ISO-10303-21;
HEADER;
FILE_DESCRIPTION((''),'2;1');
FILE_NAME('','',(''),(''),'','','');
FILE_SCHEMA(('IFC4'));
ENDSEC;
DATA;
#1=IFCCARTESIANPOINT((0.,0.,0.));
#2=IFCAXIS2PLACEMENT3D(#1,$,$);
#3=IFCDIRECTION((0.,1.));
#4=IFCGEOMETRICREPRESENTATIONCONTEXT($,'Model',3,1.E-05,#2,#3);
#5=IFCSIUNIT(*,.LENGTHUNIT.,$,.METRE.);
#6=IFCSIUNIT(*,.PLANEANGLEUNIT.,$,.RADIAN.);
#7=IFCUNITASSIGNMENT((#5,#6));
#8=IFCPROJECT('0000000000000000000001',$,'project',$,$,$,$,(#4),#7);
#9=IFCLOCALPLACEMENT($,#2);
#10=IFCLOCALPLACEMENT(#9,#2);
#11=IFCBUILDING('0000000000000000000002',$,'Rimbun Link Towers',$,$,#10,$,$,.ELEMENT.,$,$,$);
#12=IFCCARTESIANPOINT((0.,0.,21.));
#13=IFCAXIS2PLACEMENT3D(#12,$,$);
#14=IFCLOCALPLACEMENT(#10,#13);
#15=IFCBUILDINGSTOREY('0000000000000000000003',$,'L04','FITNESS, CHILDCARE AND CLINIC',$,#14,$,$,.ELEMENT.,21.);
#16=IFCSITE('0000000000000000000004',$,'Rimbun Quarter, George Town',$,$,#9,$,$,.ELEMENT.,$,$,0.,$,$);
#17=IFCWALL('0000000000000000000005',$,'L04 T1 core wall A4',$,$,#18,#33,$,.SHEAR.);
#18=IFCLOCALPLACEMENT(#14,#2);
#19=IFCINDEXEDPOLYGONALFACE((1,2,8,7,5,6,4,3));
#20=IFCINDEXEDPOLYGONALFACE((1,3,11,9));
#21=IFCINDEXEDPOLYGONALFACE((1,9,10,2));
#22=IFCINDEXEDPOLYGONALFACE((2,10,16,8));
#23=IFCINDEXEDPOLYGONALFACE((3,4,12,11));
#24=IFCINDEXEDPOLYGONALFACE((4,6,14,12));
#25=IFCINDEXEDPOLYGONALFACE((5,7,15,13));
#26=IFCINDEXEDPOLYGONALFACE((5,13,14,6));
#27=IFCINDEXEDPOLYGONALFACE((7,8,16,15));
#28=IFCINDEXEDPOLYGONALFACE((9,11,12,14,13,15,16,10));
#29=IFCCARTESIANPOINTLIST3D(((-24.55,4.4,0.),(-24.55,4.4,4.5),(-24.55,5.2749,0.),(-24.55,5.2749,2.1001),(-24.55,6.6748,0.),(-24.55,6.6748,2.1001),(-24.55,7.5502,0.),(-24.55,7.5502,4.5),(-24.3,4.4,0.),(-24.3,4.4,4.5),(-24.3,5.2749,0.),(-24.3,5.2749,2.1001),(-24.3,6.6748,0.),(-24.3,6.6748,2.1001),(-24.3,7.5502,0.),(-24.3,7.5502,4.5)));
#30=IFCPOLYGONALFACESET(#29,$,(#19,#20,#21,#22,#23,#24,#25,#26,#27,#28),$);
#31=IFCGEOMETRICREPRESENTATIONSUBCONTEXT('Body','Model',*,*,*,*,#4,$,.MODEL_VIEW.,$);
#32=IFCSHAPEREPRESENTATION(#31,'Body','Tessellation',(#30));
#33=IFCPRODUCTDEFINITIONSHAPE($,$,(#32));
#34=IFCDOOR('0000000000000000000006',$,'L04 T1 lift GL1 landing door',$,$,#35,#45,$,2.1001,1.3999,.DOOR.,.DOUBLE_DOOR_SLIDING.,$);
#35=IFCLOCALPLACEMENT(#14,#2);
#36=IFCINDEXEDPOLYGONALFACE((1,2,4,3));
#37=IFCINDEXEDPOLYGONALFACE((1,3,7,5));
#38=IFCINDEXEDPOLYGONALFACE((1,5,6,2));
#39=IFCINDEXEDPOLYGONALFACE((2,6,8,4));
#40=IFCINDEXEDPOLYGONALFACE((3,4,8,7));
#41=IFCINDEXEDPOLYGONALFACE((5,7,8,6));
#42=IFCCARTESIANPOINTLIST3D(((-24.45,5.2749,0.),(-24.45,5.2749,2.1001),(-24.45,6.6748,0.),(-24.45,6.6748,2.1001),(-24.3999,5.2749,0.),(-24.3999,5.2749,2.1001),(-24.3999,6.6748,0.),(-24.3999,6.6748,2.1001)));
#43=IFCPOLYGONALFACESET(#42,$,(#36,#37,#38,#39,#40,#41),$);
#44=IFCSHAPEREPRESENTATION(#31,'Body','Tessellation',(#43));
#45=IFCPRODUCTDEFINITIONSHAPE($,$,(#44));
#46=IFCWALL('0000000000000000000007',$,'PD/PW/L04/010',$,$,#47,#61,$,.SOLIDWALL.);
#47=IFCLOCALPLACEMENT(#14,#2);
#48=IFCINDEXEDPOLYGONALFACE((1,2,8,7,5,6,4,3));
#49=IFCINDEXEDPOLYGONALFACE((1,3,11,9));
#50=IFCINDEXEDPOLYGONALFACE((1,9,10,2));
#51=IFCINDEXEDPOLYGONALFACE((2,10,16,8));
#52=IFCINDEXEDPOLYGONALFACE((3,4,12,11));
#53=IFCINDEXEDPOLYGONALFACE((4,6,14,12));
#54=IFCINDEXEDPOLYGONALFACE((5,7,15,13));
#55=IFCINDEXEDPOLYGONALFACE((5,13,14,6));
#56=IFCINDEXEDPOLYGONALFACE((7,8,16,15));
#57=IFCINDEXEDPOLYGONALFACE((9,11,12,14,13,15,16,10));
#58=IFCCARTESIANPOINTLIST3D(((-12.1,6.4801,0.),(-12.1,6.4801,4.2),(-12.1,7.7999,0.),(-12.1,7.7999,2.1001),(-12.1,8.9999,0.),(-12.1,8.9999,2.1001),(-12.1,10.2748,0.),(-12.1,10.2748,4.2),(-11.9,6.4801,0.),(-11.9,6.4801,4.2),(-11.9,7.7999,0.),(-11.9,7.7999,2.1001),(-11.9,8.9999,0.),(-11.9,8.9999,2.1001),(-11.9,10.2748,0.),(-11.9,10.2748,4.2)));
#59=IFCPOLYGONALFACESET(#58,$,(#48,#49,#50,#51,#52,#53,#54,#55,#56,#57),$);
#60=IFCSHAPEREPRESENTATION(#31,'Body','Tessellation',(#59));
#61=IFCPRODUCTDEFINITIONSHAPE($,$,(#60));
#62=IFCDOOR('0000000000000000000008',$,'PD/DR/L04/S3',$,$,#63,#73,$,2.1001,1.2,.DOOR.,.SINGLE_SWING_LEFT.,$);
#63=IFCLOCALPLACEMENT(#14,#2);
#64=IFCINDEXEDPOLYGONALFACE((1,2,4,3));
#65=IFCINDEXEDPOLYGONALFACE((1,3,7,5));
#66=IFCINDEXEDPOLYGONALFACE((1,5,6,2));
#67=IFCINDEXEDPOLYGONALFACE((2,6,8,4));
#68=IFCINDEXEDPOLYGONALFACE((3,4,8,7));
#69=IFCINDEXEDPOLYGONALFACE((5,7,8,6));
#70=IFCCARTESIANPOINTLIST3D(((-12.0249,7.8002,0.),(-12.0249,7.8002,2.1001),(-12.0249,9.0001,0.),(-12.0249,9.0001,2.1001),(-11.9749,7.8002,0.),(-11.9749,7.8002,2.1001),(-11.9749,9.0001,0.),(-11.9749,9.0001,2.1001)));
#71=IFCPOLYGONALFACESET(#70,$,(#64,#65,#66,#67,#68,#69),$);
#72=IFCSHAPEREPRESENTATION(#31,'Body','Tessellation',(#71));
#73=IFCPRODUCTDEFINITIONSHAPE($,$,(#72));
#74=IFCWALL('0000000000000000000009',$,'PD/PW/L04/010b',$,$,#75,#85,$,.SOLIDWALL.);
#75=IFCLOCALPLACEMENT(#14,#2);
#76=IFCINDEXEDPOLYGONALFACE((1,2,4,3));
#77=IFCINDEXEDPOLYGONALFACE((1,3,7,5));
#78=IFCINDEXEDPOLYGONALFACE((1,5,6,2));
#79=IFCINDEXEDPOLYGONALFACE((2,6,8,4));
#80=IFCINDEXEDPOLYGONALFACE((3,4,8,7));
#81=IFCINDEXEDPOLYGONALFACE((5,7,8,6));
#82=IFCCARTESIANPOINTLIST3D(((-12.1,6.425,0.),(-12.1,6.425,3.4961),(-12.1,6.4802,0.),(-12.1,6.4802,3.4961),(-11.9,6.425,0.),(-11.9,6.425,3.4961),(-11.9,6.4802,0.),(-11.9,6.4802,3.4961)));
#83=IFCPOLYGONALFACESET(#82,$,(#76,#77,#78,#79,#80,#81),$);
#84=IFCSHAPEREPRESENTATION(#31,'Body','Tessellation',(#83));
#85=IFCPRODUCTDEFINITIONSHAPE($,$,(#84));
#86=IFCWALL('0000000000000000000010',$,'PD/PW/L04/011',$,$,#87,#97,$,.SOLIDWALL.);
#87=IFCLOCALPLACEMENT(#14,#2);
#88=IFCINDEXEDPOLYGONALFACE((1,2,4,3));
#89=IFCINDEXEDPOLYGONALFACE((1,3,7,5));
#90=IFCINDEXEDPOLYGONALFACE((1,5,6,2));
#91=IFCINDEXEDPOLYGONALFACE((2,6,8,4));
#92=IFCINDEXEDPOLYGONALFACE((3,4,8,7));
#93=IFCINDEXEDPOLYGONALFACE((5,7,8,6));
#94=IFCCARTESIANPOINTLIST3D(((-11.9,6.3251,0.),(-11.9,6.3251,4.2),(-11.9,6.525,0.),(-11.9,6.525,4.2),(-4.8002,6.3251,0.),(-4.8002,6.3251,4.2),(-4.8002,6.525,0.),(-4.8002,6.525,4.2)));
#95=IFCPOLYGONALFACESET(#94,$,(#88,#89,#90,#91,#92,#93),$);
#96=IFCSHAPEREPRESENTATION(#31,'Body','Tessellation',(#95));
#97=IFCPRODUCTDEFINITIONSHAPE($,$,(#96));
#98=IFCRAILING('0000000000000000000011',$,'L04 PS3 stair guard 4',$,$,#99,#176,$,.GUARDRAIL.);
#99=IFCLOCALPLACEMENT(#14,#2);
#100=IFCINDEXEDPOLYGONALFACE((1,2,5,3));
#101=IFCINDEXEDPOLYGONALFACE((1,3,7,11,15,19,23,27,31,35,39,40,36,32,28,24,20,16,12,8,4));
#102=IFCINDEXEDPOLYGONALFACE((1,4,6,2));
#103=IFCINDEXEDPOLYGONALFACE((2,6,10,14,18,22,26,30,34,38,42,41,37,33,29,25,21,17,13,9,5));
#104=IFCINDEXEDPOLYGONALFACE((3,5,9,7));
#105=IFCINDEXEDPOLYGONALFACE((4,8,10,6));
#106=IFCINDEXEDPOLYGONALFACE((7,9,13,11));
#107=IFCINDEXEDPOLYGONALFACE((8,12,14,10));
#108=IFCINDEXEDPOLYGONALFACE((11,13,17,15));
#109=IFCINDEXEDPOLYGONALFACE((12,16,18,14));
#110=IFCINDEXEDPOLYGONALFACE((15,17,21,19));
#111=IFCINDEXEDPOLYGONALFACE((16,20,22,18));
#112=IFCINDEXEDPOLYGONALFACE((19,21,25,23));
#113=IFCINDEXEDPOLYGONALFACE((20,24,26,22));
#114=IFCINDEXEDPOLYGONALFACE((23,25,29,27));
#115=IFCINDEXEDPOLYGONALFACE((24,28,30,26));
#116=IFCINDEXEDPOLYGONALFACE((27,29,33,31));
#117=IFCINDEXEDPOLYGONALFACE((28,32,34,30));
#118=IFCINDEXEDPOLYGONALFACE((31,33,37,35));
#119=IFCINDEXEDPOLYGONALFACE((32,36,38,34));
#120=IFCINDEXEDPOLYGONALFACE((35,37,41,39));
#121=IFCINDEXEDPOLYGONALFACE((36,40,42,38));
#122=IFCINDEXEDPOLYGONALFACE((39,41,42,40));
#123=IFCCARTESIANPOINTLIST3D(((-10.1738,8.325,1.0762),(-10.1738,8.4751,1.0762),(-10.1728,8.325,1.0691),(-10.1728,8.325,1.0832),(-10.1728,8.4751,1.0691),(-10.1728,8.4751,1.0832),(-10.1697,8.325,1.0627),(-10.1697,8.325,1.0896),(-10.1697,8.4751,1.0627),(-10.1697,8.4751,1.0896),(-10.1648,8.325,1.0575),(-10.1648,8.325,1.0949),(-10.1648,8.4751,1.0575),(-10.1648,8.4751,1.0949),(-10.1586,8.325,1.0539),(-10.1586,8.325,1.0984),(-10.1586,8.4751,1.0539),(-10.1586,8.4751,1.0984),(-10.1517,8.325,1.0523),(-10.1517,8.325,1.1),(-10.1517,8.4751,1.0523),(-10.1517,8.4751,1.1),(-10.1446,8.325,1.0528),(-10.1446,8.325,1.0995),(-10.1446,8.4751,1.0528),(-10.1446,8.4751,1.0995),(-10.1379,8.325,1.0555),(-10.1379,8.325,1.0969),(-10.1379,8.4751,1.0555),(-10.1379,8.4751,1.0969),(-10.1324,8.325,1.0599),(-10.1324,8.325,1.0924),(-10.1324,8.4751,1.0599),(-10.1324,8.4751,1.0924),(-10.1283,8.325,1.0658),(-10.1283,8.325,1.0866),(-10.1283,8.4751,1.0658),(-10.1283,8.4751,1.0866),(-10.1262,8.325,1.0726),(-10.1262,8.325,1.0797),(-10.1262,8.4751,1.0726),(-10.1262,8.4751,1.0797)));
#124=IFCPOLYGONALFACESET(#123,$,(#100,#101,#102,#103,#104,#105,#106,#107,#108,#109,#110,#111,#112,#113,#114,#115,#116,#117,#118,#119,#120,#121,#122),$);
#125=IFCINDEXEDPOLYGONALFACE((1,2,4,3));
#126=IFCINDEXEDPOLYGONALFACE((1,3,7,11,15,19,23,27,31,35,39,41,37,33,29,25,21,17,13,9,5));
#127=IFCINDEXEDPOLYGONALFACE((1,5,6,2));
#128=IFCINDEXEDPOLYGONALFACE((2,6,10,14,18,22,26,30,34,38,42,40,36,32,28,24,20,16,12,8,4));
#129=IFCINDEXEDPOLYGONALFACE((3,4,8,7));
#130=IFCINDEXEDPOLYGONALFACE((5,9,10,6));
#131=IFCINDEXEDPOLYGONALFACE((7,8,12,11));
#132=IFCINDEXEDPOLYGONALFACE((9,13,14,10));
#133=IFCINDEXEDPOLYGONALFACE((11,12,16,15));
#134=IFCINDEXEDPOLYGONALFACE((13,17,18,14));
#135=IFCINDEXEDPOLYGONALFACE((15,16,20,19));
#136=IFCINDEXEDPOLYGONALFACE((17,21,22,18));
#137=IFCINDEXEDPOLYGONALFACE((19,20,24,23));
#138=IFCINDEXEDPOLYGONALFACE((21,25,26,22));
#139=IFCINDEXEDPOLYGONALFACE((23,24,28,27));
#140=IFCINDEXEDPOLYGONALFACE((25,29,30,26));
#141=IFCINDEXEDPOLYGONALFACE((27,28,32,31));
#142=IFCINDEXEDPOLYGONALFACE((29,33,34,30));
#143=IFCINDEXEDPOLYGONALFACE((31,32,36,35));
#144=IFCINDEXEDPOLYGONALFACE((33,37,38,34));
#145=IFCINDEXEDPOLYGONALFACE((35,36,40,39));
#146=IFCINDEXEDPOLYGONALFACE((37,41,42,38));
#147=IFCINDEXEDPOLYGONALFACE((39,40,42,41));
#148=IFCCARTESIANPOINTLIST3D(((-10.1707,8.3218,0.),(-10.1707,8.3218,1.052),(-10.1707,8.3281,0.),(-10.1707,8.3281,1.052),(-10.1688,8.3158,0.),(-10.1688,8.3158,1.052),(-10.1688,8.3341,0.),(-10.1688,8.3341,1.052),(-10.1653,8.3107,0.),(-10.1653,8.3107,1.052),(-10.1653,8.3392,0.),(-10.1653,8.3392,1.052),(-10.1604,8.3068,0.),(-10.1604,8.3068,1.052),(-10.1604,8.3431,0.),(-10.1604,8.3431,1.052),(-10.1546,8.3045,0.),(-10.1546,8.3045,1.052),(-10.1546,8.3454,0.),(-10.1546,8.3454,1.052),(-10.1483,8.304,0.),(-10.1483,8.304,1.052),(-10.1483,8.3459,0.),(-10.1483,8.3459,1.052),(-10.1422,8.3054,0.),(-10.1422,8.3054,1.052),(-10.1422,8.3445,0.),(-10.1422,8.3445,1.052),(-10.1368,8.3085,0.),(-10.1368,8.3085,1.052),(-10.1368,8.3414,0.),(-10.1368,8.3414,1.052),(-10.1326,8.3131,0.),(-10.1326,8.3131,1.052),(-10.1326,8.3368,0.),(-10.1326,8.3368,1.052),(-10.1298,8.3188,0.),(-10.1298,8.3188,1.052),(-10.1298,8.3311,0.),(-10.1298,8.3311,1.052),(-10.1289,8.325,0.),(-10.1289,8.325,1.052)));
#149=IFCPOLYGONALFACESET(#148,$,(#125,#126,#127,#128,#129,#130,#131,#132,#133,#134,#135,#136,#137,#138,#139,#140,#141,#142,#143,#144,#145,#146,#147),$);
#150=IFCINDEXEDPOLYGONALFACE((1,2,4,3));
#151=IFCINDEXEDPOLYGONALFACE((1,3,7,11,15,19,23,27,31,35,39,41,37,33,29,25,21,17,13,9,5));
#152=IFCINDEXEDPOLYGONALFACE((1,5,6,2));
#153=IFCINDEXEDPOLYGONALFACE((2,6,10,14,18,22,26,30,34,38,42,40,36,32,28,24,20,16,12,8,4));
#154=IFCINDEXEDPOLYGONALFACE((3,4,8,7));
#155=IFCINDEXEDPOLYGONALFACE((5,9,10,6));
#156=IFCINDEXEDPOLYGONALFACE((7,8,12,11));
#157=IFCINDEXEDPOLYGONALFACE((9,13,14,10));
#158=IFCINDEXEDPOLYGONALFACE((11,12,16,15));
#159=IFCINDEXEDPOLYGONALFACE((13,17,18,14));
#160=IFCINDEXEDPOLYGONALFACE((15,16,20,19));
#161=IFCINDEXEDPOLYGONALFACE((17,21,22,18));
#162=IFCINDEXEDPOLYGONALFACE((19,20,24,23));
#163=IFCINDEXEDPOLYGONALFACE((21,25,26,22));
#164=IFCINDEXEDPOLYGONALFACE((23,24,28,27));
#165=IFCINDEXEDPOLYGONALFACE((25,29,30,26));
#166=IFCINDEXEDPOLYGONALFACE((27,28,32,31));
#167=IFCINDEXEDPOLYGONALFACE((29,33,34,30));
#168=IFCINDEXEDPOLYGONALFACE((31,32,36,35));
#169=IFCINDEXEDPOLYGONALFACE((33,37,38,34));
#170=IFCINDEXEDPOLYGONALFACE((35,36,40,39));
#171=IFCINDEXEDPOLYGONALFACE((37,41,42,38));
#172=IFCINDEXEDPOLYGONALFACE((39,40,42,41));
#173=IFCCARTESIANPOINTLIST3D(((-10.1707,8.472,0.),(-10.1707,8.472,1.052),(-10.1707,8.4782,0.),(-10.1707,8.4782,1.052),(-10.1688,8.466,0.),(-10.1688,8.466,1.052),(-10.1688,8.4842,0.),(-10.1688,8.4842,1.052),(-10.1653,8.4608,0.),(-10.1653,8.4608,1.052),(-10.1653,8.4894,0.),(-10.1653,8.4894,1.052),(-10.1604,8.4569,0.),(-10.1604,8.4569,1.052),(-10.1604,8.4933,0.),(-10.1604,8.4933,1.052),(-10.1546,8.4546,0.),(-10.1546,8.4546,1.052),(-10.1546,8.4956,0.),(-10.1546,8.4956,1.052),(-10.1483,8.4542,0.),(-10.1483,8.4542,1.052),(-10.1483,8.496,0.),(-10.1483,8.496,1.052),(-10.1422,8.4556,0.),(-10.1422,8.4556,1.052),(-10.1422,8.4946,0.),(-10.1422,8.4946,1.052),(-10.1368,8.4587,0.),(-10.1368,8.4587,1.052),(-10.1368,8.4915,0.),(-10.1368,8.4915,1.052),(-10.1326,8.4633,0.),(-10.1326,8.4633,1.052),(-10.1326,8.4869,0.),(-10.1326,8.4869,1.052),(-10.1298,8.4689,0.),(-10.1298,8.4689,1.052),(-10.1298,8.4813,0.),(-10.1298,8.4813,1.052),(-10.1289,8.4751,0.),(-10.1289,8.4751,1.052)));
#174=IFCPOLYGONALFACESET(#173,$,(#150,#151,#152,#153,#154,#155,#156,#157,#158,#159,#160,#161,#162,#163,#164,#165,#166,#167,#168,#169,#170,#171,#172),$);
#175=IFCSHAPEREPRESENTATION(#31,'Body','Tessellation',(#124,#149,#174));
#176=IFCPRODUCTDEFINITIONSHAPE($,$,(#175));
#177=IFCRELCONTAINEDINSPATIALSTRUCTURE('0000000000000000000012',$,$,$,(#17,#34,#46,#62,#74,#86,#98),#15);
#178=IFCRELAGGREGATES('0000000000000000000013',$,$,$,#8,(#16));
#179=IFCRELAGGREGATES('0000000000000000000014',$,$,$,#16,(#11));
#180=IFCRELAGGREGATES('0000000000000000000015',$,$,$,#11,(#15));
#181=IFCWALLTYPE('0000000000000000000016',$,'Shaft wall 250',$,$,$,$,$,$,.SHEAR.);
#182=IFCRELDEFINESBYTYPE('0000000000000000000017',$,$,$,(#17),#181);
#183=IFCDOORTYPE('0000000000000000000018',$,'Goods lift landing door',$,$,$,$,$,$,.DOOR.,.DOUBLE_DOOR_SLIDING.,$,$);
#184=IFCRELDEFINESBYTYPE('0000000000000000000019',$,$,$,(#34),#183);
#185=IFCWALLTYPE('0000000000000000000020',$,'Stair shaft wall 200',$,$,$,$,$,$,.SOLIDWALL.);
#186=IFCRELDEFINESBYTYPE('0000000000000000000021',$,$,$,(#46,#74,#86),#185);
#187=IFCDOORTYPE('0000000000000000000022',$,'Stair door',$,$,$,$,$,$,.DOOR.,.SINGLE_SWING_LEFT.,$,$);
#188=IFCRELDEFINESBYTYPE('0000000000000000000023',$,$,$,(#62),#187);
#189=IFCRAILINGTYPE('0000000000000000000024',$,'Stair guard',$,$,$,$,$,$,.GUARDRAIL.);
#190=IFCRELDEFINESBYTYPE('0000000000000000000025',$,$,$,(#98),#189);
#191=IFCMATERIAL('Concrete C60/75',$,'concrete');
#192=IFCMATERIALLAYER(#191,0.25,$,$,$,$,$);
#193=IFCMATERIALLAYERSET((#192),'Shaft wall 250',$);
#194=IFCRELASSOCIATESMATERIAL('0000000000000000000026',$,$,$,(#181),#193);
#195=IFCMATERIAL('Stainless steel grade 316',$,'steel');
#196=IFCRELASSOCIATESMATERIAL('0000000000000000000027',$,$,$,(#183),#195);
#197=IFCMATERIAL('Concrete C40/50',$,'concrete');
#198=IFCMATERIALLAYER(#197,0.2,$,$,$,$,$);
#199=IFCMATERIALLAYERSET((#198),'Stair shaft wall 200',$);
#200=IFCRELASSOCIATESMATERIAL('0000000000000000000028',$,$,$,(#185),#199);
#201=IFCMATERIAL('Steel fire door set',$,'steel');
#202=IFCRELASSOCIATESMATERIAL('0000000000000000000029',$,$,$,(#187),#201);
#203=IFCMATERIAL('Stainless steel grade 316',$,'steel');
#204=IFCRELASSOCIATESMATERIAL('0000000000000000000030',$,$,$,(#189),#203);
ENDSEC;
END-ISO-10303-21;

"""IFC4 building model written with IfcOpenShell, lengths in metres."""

from ifc_helpers import new_model, si_unit, direction, frame, frame_2d, origin, origin_2d, place, context, subcontext, project, spatial, rectangle, circle, extrude, material, layer, layer_set, type_object, element, fill, save


model = new_model("IFC4")

# Units and contexts
model_context = context("Model", 3, precision=1e-05, world=origin(), true_north=direction((0.0, 1.0)))
body_context = subcontext(model_context, "Body", "Model", "MODEL_VIEW")
ifc_project = project(units=[si_unit("LENGTHUNIT", "METRE"), si_unit("PLANEANGLEUNIT", "RADIAN")], contexts=[model_context])

# Site, building, storey
site_placement = place(None, origin())
site = spatial("IfcSite", under=ifc_project, at=site_placement, Name="Rimbun Quarter, George Town", CompositionType="ELEMENT", RefElevation=0.0)
building_placement = place(site_placement, origin())
building = spatial("IfcBuilding", under=site, at=building_placement, Name="Rimbun Link Towers", CompositionType="ELEMENT")
storey_placement = place(building_placement, frame((0.0, 0.0, 21.0)))
storey = spatial("IfcBuildingStorey", under=building, at=storey_placement, Name="L04", Description="FITNESS, CHILDCARE AND CLINIC", CompositionType="ELEMENT", Elevation=21.0)

# Shared definitions
ifc_material_1 = material(Name="Concrete C60/75", Category="concrete")
ifc_layer_1 = layer(ifc_material_1, 0.25)
ifc_layer_set_1 = layer_set([ifc_layer_1], Name="Shaft wall 250")
wall_type_1 = type_object("IfcWallType", Name="Shaft wall 250", PredefinedType="SHEAR", material=ifc_layer_set_1)

# Walls, openings, doors
wall_1_placement = place(storey_placement, frame((-24.425, 4.3999, 0.0), z_axis=(0.0, 0.0, 1.0), x_axis=(0.0, 1.0, 0.0)))
wall_1 = element("IfcWall", 1, at=wall_1_placement, inside=storey, type_object=wall_type_1, Name="L04 T1 core wall A4", PredefinedType="SHEAR", context=body_context, shape_type="SweptSolid", body=[
    extrude(rectangle(XDim=3.1501, YDim=0.25, at=frame_2d((1.5752, 0.0))), origin(), (0.0, 0.0, 1.0), 4.5),
])
opening_1_placement = place(wall_1_placement, frame((0.875, 0.0, 0.0)))
opening_1 = element("IfcOpeningElement", 2, at=opening_1_placement, cuts=wall_1, PredefinedType="OPENING", context=body_context, shape_type="SweptSolid", body=[
    extrude(rectangle(XDim=1.3999, YDim=2.1001, at=frame_2d((0.7, 1.05))), frame((0.0, 0.135, 0.0), z_axis=(0.0, -1.0, 0.0), x_axis=(1.0, 0.0, 0.0)), (0.0, 0.0, 1.0), 0.27),
])
ifc_material_2 = material(Name="Stainless steel grade 316", Category="steel")
door_type_1 = type_object("IfcDoorType", Name="Goods lift landing door", OperationType="DOUBLE_DOOR_SLIDING", PredefinedType="DOOR", material=ifc_material_2)
door_1_placement = place(opening_1_placement, origin())
door_1 = element("IfcDoor", 3, at=door_1_placement, inside=storey, type_object=door_type_1, Name="L04 T1 lift GL1 landing door", OperationType="DOUBLE_DOOR_SLIDING", OverallHeight=2.1001, OverallWidth=1.3999, PredefinedType="DOOR", context=body_context, shape_type="SweptSolid", body=[
    extrude(rectangle(XDim=1.3999, YDim=2.1001, at=frame_2d((0.7, 1.05))), frame((0.0, 0.0249, 0.0), z_axis=(0.0, -1.0, 0.0), x_axis=(1.0, 0.0, 0.0)), (0.0, 0.0, 1.0), 0.05),
])
fill(opening_1, door_1)
ifc_material_3 = material(Name="Concrete C40/50", Category="concrete")
ifc_layer_2 = layer(ifc_material_3, 0.2)
ifc_layer_set_2 = layer_set([ifc_layer_2], Name="Stair shaft wall 200")
wall_type_2 = type_object("IfcWallType", Name="Stair shaft wall 200", PredefinedType="SOLIDWALL", material=ifc_layer_set_2)
wall_2_placement = place(storey_placement, frame((-12.0, 10.2749, 0.0), z_axis=(0.0, 0.0, 1.0), x_axis=(0.0, -1.0, 0.0)))
wall_2 = element("IfcWall", 4, at=wall_2_placement, inside=storey, type_object=wall_type_2, Name="PD/PW/L04/010", PredefinedType="SOLIDWALL", context=body_context, shape_type="SweptSolid", body=[
    extrude(rectangle(XDim=3.7947, YDim=0.2, at=frame_2d((1.8975, 0.0))), origin(), (0.0, 0.0, 1.0), 4.2),
])
opening_2_placement = place(wall_2_placement, frame((1.2749, 0.0, 0.0)))
opening_2 = element("IfcOpeningElement", 5, at=opening_2_placement, cuts=wall_2, PredefinedType="OPENING", context=body_context, shape_type="SweptSolid", body=[
    extrude(rectangle(XDim=1.2, YDim=2.1001, at=frame_2d((0.6001, 1.05))), frame((0.0, 0.1099, 0.0), z_axis=(0.0, -1.0, 0.0), x_axis=(1.0, 0.0, 0.0)), (0.0, 0.0, 1.0), 0.22),
])
ifc_material_4 = material(Name="Steel fire door set", Category="steel")
door_type_2 = type_object("IfcDoorType", Name="Stair door", OperationType="SINGLE_SWING_LEFT", PredefinedType="DOOR", material=ifc_material_4)
door_2_placement = place(opening_2_placement, frame((1.2, 0.0, 0.0), z_axis=(0.0, 0.0, 1.0), x_axis=(-1.0, 0.0, 0.0)))
door_2 = element("IfcDoor", 6, at=door_2_placement, inside=storey, type_object=door_type_2, Name="PD/DR/L04/S3", OperationType="SINGLE_SWING_LEFT", OverallHeight=2.1001, OverallWidth=1.2, PredefinedType="DOOR", context=body_context, shape_type="SweptSolid", body=[
    extrude(rectangle(XDim=1.2, YDim=2.1001, at=frame_2d((0.6001, 1.05))), frame((0.0, 0.0249, 0.0), z_axis=(0.0, -1.0, 0.0), x_axis=(1.0, 0.0, 0.0)), (0.0, 0.0, 1.0), 0.05),
])
fill(opening_2, door_2)

# Walls
wall_3_placement = place(storey_placement, frame((-12.0, 6.4802, 0.0), z_axis=(0.0, 0.0, 1.0), x_axis=(0.0, -1.0, 0.0)))
element("IfcWall", 7, at=wall_3_placement, inside=storey, type_object=wall_type_2, Name="PD/PW/L04/010b", PredefinedType="SOLIDWALL", context=body_context, shape_type="SweptSolid", body=[
    extrude(rectangle(XDim=0.0552, YDim=0.2, at=frame_2d((0.0276, 0.0))), origin(), (0.0, 0.0, 1.0), 3.4961),
])
wall_4_placement = place(storey_placement, frame((-11.8999, 6.425, 0.0), z_axis=(0.0, 0.0, 1.0), x_axis=(1.0, 0.0, 0.0)))
element("IfcWall", 8, at=wall_4_placement, inside=storey, type_object=wall_type_2, Name="PD/PW/L04/011", PredefinedType="SOLIDWALL", context=body_context, shape_type="SweptSolid", body=[
    extrude(rectangle(XDim=7.0999, YDim=0.2, at=frame_2d((3.5498, 0.0))), origin(), (0.0, 0.0, 1.0), 4.2),
])

# Railing
ifc_material_5 = material(Name="Stainless steel grade 316", Category="steel")
railing_type = type_object("IfcRailingType", Name="Stair guard", PredefinedType="GUARDRAIL", material=ifc_material_5)
railing_placement = place(storey_placement, frame((-10.1499, 8.325, 0.0)))
element("IfcRailing", 9, at=railing_placement, inside=storey, type_object=railing_type, Name="L04 PS3 stair guard 4", PredefinedType="GUARDRAIL", context=body_context, shape_type="SweptSolid", body=[
    extrude(circle(Radius=0.0239, at=origin_2d()), frame((0.0, 0.0, 1.0762), z_axis=(0.0, 1.0, 0.0), x_axis=(-1.0, 0.0, 0.0)), (0.0, 0.0, 1.0), 0.1501),
    extrude(circle(Radius=0.021, at=origin_2d()), origin(), (0.0, 0.0, 1.0), 1.052),
    extrude(circle(Radius=0.021, at=origin_2d()), frame((0.0, 0.1501, 0.0)), (0.0, 0.0, 1.0), 1.052),
])

save(model, "model.ifc")
